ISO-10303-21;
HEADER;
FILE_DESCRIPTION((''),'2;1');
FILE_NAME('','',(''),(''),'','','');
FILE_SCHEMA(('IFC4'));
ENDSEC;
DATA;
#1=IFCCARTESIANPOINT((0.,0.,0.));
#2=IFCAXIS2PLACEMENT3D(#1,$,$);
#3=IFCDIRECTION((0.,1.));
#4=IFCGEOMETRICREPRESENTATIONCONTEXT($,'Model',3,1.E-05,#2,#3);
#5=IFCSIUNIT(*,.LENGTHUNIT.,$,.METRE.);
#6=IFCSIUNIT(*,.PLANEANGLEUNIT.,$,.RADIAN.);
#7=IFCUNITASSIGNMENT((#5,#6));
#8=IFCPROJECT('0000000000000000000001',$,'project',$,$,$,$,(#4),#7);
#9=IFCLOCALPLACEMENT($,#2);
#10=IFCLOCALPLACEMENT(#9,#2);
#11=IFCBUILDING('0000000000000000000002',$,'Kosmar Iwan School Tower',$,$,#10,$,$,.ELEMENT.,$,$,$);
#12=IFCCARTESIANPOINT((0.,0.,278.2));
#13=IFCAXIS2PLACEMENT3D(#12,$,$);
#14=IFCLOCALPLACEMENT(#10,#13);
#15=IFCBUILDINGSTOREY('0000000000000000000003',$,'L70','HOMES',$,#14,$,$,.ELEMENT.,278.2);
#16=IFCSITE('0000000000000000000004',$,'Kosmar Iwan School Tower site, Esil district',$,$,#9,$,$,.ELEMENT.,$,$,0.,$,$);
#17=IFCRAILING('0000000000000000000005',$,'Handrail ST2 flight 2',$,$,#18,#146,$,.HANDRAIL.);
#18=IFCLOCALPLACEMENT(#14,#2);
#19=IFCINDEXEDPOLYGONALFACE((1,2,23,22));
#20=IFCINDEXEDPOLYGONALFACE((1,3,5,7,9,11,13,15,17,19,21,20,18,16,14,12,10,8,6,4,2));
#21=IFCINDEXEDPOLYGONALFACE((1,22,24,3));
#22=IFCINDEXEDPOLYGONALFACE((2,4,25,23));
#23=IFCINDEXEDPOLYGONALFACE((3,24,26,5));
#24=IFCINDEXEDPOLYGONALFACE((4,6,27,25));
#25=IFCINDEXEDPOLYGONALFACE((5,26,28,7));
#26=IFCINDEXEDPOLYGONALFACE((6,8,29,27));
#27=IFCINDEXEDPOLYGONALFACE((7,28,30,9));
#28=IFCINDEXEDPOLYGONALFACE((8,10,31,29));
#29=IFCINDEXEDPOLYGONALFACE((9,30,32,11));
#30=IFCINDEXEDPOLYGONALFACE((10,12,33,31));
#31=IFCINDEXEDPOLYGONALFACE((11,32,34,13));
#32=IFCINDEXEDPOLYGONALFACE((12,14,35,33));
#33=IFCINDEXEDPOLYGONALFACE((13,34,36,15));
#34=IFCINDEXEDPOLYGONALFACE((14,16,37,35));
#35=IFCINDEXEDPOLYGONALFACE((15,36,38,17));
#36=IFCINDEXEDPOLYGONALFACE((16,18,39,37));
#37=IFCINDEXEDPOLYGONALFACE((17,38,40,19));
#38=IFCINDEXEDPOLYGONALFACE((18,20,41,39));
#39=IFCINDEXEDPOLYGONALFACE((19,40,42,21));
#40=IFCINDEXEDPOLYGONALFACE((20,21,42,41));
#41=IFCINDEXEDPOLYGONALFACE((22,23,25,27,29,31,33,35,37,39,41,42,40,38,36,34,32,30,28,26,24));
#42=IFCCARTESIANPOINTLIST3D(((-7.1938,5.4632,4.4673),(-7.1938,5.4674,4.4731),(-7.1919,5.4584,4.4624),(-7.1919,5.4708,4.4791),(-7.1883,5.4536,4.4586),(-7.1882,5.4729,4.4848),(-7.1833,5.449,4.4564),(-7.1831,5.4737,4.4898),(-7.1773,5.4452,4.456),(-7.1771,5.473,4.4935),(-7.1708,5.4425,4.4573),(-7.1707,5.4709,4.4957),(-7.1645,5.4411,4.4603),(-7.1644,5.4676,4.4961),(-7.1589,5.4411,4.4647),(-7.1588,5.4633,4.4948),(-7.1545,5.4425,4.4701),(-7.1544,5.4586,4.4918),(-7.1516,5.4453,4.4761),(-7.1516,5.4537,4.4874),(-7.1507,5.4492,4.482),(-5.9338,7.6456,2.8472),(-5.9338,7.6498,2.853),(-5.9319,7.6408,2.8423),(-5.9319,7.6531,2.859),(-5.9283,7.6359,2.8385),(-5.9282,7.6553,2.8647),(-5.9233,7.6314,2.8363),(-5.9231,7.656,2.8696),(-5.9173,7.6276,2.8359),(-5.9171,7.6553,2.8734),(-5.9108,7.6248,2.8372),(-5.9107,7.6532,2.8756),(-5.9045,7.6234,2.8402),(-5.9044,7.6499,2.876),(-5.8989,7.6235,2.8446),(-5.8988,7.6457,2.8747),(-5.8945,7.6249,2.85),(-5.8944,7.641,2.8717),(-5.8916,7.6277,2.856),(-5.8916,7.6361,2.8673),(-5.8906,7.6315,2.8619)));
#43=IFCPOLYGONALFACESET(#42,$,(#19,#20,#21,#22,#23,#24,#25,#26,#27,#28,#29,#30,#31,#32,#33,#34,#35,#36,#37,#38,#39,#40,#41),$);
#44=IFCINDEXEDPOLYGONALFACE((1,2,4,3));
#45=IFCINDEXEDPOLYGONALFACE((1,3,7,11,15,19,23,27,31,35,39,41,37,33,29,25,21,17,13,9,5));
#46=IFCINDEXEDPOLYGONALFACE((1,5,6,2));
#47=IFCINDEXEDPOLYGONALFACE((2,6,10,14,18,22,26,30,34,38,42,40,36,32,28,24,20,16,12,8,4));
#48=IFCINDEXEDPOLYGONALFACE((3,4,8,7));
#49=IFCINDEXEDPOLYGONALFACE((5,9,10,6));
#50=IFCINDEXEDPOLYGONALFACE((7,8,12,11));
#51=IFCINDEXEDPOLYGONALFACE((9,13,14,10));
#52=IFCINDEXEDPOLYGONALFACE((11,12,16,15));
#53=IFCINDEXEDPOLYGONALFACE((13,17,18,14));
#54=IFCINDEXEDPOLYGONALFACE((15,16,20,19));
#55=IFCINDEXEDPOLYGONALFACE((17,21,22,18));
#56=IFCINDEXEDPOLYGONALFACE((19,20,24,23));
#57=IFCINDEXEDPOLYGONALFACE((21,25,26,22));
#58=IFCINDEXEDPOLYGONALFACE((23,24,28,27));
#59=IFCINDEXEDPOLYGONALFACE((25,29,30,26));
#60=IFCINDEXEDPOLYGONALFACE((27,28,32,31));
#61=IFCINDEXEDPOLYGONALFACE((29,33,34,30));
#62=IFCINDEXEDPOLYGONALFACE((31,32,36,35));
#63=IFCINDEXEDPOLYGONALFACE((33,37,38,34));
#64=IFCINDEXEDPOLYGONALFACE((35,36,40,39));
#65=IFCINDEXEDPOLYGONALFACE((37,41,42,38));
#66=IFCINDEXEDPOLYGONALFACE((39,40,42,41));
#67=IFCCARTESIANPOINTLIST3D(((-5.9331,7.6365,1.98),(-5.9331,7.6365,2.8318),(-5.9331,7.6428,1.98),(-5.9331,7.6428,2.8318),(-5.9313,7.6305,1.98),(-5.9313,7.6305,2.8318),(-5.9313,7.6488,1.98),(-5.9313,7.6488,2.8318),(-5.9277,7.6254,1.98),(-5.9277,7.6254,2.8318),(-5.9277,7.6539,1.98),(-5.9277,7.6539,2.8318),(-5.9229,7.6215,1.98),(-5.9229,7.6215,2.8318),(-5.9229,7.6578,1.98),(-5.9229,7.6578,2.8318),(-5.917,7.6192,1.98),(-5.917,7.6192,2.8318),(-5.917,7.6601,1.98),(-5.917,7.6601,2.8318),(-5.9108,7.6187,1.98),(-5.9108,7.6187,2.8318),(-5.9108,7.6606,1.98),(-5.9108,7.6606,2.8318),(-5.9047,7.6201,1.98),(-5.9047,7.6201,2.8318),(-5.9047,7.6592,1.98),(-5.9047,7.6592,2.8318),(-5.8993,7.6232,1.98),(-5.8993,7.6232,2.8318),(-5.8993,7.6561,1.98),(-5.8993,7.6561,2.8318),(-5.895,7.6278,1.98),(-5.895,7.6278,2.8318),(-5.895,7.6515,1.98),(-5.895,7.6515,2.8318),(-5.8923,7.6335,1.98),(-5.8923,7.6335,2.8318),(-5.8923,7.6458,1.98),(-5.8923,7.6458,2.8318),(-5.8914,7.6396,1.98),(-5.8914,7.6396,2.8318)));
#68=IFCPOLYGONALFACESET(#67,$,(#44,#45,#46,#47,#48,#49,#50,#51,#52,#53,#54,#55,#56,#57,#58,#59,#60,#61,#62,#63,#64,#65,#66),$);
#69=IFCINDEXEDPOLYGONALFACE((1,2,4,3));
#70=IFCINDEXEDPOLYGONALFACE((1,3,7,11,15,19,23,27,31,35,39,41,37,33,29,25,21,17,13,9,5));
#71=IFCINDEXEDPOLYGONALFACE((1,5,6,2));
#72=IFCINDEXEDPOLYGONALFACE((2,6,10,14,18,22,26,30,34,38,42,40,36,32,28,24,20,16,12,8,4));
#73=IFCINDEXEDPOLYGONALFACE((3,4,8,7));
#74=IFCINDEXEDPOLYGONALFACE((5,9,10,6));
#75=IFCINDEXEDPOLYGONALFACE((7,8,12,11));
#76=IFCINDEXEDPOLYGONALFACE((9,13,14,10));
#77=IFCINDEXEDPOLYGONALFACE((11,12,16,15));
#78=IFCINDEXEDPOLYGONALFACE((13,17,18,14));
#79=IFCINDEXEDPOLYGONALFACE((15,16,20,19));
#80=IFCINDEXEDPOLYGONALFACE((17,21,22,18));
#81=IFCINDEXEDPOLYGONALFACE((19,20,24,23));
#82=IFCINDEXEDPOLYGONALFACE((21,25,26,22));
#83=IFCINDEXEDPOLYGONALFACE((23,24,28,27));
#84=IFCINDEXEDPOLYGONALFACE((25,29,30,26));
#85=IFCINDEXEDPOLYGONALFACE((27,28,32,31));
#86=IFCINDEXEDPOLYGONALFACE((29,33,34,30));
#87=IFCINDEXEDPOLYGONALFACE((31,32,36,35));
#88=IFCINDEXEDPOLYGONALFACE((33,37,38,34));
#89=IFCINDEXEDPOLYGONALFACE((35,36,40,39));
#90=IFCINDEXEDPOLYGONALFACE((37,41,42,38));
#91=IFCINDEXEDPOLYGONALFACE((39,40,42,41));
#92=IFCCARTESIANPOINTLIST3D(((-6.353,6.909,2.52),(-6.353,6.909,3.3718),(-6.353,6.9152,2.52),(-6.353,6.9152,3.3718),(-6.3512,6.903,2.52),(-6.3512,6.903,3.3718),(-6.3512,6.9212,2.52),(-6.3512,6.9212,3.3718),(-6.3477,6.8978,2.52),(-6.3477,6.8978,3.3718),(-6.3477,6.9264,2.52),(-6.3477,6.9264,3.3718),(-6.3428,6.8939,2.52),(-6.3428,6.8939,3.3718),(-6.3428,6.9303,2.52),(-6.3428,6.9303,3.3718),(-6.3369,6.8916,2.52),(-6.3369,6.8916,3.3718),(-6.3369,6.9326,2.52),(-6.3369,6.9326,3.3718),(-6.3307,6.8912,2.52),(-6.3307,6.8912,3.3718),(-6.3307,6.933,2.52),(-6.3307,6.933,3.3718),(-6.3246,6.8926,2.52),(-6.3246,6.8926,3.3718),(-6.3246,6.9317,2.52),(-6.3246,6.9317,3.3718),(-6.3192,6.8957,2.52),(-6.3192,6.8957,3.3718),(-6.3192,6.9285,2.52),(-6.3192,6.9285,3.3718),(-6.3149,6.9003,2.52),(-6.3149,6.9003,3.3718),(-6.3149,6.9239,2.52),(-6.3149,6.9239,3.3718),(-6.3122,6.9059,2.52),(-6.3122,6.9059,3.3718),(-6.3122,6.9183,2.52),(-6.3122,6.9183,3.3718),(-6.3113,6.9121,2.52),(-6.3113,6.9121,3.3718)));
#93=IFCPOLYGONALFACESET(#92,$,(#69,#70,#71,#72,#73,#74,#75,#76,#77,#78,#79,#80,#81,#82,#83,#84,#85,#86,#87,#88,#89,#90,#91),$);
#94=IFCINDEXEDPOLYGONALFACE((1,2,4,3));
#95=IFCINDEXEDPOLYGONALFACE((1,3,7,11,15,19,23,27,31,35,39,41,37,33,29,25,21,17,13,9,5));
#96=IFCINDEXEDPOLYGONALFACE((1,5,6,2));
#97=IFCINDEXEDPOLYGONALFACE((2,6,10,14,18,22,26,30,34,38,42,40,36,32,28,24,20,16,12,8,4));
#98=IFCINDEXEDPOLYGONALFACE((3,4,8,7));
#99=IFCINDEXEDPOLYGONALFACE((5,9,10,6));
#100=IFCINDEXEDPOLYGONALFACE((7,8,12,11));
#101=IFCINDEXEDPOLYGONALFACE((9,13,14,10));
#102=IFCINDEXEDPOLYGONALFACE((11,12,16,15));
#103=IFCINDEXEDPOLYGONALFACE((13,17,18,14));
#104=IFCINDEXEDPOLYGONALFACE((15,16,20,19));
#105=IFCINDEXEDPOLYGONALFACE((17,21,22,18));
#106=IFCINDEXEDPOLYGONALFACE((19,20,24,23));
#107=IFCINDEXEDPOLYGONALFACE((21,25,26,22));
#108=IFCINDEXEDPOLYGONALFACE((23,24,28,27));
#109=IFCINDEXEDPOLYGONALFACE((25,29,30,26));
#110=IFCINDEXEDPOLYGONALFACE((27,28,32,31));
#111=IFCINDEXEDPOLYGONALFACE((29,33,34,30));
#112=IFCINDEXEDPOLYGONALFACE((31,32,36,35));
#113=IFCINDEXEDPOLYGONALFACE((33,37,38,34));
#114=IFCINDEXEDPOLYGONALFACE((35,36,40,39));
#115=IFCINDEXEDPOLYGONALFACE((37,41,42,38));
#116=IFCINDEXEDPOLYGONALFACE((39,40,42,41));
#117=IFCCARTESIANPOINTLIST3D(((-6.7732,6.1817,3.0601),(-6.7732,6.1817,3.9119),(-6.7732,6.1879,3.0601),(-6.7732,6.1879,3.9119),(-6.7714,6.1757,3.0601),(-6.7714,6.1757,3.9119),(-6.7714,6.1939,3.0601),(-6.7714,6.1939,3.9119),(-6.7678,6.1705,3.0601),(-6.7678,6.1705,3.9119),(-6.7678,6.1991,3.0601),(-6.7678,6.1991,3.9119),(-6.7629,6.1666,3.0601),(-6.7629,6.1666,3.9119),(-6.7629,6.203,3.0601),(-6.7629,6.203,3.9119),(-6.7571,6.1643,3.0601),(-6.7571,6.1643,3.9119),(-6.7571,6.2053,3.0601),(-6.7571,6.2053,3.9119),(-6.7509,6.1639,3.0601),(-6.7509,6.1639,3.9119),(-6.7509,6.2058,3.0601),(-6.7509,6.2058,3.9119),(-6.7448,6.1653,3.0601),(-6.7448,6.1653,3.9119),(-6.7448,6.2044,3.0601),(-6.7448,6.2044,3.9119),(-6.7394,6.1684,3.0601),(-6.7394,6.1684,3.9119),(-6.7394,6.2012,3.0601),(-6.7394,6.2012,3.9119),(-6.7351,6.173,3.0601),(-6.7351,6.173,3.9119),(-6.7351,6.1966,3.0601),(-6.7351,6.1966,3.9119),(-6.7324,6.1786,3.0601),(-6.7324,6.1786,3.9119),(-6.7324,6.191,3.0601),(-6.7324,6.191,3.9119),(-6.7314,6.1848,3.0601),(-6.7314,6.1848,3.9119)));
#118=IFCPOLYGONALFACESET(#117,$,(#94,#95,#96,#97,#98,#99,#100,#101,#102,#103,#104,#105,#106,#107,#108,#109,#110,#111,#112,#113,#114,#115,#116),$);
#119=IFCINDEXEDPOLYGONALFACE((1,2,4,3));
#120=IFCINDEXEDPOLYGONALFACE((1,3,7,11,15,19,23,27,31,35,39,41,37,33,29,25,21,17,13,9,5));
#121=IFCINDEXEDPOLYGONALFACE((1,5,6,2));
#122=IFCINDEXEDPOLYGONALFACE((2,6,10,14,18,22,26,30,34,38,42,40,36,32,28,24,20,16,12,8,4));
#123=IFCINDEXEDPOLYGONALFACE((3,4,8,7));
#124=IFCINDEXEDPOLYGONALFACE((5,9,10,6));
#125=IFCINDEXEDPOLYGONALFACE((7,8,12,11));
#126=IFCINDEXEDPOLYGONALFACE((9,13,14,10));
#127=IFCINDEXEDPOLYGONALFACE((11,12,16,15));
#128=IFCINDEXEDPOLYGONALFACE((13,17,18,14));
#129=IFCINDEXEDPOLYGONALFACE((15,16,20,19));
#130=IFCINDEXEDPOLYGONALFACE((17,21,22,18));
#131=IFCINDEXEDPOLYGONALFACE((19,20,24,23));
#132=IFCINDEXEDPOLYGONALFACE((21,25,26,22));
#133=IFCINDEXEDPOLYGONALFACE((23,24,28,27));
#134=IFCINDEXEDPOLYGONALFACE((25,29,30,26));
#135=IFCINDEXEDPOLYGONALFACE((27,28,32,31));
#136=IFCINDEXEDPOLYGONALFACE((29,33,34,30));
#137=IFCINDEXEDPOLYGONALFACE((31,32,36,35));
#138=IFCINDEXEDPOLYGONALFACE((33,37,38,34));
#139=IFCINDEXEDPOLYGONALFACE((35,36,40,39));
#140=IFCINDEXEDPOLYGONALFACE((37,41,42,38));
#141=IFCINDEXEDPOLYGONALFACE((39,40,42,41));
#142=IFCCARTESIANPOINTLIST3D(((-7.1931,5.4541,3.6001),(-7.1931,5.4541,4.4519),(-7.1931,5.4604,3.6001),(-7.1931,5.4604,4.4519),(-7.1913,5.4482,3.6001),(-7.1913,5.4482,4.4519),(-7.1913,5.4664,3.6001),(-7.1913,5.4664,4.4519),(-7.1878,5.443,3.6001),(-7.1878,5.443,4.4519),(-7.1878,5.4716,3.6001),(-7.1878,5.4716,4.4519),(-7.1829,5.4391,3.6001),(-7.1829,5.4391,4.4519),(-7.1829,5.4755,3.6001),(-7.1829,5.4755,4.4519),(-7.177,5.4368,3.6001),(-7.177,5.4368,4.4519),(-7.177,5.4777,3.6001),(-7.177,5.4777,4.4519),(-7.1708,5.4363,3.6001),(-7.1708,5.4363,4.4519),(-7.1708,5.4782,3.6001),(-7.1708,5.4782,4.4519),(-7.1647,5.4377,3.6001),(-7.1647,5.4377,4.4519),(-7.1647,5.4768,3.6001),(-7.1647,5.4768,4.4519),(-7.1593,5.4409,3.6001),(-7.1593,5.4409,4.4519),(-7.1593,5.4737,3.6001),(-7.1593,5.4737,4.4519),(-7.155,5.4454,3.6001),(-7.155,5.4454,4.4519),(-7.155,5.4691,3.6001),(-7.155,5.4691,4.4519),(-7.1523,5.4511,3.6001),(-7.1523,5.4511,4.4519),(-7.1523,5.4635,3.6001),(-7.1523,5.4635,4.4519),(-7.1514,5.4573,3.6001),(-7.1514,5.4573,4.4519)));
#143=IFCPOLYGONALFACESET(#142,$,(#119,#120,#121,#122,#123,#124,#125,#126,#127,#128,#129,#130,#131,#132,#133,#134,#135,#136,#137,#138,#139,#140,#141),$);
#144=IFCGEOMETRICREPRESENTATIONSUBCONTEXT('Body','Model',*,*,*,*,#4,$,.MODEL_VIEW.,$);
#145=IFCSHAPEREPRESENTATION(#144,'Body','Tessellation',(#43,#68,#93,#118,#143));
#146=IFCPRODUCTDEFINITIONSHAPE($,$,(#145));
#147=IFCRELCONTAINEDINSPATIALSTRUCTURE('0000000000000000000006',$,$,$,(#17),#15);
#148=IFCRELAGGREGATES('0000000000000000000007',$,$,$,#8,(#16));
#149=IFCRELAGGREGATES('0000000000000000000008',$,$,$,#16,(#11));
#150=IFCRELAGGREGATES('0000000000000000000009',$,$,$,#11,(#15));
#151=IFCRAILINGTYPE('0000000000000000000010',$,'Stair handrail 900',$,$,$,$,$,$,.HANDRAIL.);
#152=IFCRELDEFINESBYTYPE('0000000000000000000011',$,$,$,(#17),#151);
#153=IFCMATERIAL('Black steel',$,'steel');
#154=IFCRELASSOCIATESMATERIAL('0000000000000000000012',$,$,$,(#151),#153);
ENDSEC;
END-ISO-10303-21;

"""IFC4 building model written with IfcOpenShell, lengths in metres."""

from ifc_helpers import new_model, si_unit, direction, frame, origin, origin_2d, place, context, subcontext, project, spatial, circle, extrude, material, type_object, element, save


model = new_model("IFC4")

# Units and contexts
model_context = context("Model", 3, precision=1e-05, world=origin(), true_north=direction((0.0, 1.0)))
body_context = subcontext(model_context, "Body", "Model", "MODEL_VIEW")
ifc_project = project(units=[si_unit("LENGTHUNIT", "METRE"), si_unit("PLANEANGLEUNIT", "RADIAN")], contexts=[model_context])

# Site, building, storey
site_placement = place(None, origin())
site = spatial("IfcSite", under=ifc_project, at=site_placement, Name="Kosmar Iwan School Tower site, Esil district", CompositionType="ELEMENT", RefElevation=0.0)
building_placement = place(site_placement, origin())
building = spatial("IfcBuilding", under=site, at=building_placement, Name="Kosmar Iwan School Tower", CompositionType="ELEMENT")
storey_placement = place(building_placement, frame((0.0, 0.0, 278.2)))
storey = spatial("IfcBuildingStorey", under=building, at=storey_placement, Name="L70", Description="HOMES", CompositionType="ELEMENT", Elevation=278.2)

# Railing
ifc_material_1 = material(Name="Black steel", Category="steel")
railing_type = type_object("IfcRailingType", Name="Stair handrail 900", PredefinedType="HANDRAIL", material=ifc_material_1)
railing_1_placement = place(storey_placement, frame((-5.9124, 7.6396, 1.98)))
element("IfcRailing", 1, at=railing_1_placement, inside=storey, type_object=railing_type, Name="Handrail ST2 flight 2", PredefinedType="HANDRAIL", context=body_context, shape_type="SweptSolid", body=[
    extrude(circle(Radius=0.0239, at=origin_2d()), frame((0.0, 0.0, 0.876), z_axis=(-0.420584, -0.728464, 0.540786), x_axis=(0.866023, -0.500005, 0.0)), (0.0, 0.0, 1.0), 2.9958),
    extrude(circle(Radius=0.021, at=origin_2d()), origin(), (0.0, 0.0, 1.0), 0.8518),
    extrude(circle(Radius=0.021, at=origin_2d()), frame((-0.4199, -0.7275, 0.54)), (0.0, 0.0, 1.0), 0.8518),
    extrude(circle(Radius=0.021, at=origin_2d()), frame((-0.8401, -1.4548, 1.0801)), (0.0, 0.0, 1.0), 0.8518),
    extrude(circle(Radius=0.021, at=origin_2d()), frame((-1.26, -2.1824, 1.6201)), (0.0, 0.0, 1.0), 0.8518),
])

save(model, "model.ifc")
